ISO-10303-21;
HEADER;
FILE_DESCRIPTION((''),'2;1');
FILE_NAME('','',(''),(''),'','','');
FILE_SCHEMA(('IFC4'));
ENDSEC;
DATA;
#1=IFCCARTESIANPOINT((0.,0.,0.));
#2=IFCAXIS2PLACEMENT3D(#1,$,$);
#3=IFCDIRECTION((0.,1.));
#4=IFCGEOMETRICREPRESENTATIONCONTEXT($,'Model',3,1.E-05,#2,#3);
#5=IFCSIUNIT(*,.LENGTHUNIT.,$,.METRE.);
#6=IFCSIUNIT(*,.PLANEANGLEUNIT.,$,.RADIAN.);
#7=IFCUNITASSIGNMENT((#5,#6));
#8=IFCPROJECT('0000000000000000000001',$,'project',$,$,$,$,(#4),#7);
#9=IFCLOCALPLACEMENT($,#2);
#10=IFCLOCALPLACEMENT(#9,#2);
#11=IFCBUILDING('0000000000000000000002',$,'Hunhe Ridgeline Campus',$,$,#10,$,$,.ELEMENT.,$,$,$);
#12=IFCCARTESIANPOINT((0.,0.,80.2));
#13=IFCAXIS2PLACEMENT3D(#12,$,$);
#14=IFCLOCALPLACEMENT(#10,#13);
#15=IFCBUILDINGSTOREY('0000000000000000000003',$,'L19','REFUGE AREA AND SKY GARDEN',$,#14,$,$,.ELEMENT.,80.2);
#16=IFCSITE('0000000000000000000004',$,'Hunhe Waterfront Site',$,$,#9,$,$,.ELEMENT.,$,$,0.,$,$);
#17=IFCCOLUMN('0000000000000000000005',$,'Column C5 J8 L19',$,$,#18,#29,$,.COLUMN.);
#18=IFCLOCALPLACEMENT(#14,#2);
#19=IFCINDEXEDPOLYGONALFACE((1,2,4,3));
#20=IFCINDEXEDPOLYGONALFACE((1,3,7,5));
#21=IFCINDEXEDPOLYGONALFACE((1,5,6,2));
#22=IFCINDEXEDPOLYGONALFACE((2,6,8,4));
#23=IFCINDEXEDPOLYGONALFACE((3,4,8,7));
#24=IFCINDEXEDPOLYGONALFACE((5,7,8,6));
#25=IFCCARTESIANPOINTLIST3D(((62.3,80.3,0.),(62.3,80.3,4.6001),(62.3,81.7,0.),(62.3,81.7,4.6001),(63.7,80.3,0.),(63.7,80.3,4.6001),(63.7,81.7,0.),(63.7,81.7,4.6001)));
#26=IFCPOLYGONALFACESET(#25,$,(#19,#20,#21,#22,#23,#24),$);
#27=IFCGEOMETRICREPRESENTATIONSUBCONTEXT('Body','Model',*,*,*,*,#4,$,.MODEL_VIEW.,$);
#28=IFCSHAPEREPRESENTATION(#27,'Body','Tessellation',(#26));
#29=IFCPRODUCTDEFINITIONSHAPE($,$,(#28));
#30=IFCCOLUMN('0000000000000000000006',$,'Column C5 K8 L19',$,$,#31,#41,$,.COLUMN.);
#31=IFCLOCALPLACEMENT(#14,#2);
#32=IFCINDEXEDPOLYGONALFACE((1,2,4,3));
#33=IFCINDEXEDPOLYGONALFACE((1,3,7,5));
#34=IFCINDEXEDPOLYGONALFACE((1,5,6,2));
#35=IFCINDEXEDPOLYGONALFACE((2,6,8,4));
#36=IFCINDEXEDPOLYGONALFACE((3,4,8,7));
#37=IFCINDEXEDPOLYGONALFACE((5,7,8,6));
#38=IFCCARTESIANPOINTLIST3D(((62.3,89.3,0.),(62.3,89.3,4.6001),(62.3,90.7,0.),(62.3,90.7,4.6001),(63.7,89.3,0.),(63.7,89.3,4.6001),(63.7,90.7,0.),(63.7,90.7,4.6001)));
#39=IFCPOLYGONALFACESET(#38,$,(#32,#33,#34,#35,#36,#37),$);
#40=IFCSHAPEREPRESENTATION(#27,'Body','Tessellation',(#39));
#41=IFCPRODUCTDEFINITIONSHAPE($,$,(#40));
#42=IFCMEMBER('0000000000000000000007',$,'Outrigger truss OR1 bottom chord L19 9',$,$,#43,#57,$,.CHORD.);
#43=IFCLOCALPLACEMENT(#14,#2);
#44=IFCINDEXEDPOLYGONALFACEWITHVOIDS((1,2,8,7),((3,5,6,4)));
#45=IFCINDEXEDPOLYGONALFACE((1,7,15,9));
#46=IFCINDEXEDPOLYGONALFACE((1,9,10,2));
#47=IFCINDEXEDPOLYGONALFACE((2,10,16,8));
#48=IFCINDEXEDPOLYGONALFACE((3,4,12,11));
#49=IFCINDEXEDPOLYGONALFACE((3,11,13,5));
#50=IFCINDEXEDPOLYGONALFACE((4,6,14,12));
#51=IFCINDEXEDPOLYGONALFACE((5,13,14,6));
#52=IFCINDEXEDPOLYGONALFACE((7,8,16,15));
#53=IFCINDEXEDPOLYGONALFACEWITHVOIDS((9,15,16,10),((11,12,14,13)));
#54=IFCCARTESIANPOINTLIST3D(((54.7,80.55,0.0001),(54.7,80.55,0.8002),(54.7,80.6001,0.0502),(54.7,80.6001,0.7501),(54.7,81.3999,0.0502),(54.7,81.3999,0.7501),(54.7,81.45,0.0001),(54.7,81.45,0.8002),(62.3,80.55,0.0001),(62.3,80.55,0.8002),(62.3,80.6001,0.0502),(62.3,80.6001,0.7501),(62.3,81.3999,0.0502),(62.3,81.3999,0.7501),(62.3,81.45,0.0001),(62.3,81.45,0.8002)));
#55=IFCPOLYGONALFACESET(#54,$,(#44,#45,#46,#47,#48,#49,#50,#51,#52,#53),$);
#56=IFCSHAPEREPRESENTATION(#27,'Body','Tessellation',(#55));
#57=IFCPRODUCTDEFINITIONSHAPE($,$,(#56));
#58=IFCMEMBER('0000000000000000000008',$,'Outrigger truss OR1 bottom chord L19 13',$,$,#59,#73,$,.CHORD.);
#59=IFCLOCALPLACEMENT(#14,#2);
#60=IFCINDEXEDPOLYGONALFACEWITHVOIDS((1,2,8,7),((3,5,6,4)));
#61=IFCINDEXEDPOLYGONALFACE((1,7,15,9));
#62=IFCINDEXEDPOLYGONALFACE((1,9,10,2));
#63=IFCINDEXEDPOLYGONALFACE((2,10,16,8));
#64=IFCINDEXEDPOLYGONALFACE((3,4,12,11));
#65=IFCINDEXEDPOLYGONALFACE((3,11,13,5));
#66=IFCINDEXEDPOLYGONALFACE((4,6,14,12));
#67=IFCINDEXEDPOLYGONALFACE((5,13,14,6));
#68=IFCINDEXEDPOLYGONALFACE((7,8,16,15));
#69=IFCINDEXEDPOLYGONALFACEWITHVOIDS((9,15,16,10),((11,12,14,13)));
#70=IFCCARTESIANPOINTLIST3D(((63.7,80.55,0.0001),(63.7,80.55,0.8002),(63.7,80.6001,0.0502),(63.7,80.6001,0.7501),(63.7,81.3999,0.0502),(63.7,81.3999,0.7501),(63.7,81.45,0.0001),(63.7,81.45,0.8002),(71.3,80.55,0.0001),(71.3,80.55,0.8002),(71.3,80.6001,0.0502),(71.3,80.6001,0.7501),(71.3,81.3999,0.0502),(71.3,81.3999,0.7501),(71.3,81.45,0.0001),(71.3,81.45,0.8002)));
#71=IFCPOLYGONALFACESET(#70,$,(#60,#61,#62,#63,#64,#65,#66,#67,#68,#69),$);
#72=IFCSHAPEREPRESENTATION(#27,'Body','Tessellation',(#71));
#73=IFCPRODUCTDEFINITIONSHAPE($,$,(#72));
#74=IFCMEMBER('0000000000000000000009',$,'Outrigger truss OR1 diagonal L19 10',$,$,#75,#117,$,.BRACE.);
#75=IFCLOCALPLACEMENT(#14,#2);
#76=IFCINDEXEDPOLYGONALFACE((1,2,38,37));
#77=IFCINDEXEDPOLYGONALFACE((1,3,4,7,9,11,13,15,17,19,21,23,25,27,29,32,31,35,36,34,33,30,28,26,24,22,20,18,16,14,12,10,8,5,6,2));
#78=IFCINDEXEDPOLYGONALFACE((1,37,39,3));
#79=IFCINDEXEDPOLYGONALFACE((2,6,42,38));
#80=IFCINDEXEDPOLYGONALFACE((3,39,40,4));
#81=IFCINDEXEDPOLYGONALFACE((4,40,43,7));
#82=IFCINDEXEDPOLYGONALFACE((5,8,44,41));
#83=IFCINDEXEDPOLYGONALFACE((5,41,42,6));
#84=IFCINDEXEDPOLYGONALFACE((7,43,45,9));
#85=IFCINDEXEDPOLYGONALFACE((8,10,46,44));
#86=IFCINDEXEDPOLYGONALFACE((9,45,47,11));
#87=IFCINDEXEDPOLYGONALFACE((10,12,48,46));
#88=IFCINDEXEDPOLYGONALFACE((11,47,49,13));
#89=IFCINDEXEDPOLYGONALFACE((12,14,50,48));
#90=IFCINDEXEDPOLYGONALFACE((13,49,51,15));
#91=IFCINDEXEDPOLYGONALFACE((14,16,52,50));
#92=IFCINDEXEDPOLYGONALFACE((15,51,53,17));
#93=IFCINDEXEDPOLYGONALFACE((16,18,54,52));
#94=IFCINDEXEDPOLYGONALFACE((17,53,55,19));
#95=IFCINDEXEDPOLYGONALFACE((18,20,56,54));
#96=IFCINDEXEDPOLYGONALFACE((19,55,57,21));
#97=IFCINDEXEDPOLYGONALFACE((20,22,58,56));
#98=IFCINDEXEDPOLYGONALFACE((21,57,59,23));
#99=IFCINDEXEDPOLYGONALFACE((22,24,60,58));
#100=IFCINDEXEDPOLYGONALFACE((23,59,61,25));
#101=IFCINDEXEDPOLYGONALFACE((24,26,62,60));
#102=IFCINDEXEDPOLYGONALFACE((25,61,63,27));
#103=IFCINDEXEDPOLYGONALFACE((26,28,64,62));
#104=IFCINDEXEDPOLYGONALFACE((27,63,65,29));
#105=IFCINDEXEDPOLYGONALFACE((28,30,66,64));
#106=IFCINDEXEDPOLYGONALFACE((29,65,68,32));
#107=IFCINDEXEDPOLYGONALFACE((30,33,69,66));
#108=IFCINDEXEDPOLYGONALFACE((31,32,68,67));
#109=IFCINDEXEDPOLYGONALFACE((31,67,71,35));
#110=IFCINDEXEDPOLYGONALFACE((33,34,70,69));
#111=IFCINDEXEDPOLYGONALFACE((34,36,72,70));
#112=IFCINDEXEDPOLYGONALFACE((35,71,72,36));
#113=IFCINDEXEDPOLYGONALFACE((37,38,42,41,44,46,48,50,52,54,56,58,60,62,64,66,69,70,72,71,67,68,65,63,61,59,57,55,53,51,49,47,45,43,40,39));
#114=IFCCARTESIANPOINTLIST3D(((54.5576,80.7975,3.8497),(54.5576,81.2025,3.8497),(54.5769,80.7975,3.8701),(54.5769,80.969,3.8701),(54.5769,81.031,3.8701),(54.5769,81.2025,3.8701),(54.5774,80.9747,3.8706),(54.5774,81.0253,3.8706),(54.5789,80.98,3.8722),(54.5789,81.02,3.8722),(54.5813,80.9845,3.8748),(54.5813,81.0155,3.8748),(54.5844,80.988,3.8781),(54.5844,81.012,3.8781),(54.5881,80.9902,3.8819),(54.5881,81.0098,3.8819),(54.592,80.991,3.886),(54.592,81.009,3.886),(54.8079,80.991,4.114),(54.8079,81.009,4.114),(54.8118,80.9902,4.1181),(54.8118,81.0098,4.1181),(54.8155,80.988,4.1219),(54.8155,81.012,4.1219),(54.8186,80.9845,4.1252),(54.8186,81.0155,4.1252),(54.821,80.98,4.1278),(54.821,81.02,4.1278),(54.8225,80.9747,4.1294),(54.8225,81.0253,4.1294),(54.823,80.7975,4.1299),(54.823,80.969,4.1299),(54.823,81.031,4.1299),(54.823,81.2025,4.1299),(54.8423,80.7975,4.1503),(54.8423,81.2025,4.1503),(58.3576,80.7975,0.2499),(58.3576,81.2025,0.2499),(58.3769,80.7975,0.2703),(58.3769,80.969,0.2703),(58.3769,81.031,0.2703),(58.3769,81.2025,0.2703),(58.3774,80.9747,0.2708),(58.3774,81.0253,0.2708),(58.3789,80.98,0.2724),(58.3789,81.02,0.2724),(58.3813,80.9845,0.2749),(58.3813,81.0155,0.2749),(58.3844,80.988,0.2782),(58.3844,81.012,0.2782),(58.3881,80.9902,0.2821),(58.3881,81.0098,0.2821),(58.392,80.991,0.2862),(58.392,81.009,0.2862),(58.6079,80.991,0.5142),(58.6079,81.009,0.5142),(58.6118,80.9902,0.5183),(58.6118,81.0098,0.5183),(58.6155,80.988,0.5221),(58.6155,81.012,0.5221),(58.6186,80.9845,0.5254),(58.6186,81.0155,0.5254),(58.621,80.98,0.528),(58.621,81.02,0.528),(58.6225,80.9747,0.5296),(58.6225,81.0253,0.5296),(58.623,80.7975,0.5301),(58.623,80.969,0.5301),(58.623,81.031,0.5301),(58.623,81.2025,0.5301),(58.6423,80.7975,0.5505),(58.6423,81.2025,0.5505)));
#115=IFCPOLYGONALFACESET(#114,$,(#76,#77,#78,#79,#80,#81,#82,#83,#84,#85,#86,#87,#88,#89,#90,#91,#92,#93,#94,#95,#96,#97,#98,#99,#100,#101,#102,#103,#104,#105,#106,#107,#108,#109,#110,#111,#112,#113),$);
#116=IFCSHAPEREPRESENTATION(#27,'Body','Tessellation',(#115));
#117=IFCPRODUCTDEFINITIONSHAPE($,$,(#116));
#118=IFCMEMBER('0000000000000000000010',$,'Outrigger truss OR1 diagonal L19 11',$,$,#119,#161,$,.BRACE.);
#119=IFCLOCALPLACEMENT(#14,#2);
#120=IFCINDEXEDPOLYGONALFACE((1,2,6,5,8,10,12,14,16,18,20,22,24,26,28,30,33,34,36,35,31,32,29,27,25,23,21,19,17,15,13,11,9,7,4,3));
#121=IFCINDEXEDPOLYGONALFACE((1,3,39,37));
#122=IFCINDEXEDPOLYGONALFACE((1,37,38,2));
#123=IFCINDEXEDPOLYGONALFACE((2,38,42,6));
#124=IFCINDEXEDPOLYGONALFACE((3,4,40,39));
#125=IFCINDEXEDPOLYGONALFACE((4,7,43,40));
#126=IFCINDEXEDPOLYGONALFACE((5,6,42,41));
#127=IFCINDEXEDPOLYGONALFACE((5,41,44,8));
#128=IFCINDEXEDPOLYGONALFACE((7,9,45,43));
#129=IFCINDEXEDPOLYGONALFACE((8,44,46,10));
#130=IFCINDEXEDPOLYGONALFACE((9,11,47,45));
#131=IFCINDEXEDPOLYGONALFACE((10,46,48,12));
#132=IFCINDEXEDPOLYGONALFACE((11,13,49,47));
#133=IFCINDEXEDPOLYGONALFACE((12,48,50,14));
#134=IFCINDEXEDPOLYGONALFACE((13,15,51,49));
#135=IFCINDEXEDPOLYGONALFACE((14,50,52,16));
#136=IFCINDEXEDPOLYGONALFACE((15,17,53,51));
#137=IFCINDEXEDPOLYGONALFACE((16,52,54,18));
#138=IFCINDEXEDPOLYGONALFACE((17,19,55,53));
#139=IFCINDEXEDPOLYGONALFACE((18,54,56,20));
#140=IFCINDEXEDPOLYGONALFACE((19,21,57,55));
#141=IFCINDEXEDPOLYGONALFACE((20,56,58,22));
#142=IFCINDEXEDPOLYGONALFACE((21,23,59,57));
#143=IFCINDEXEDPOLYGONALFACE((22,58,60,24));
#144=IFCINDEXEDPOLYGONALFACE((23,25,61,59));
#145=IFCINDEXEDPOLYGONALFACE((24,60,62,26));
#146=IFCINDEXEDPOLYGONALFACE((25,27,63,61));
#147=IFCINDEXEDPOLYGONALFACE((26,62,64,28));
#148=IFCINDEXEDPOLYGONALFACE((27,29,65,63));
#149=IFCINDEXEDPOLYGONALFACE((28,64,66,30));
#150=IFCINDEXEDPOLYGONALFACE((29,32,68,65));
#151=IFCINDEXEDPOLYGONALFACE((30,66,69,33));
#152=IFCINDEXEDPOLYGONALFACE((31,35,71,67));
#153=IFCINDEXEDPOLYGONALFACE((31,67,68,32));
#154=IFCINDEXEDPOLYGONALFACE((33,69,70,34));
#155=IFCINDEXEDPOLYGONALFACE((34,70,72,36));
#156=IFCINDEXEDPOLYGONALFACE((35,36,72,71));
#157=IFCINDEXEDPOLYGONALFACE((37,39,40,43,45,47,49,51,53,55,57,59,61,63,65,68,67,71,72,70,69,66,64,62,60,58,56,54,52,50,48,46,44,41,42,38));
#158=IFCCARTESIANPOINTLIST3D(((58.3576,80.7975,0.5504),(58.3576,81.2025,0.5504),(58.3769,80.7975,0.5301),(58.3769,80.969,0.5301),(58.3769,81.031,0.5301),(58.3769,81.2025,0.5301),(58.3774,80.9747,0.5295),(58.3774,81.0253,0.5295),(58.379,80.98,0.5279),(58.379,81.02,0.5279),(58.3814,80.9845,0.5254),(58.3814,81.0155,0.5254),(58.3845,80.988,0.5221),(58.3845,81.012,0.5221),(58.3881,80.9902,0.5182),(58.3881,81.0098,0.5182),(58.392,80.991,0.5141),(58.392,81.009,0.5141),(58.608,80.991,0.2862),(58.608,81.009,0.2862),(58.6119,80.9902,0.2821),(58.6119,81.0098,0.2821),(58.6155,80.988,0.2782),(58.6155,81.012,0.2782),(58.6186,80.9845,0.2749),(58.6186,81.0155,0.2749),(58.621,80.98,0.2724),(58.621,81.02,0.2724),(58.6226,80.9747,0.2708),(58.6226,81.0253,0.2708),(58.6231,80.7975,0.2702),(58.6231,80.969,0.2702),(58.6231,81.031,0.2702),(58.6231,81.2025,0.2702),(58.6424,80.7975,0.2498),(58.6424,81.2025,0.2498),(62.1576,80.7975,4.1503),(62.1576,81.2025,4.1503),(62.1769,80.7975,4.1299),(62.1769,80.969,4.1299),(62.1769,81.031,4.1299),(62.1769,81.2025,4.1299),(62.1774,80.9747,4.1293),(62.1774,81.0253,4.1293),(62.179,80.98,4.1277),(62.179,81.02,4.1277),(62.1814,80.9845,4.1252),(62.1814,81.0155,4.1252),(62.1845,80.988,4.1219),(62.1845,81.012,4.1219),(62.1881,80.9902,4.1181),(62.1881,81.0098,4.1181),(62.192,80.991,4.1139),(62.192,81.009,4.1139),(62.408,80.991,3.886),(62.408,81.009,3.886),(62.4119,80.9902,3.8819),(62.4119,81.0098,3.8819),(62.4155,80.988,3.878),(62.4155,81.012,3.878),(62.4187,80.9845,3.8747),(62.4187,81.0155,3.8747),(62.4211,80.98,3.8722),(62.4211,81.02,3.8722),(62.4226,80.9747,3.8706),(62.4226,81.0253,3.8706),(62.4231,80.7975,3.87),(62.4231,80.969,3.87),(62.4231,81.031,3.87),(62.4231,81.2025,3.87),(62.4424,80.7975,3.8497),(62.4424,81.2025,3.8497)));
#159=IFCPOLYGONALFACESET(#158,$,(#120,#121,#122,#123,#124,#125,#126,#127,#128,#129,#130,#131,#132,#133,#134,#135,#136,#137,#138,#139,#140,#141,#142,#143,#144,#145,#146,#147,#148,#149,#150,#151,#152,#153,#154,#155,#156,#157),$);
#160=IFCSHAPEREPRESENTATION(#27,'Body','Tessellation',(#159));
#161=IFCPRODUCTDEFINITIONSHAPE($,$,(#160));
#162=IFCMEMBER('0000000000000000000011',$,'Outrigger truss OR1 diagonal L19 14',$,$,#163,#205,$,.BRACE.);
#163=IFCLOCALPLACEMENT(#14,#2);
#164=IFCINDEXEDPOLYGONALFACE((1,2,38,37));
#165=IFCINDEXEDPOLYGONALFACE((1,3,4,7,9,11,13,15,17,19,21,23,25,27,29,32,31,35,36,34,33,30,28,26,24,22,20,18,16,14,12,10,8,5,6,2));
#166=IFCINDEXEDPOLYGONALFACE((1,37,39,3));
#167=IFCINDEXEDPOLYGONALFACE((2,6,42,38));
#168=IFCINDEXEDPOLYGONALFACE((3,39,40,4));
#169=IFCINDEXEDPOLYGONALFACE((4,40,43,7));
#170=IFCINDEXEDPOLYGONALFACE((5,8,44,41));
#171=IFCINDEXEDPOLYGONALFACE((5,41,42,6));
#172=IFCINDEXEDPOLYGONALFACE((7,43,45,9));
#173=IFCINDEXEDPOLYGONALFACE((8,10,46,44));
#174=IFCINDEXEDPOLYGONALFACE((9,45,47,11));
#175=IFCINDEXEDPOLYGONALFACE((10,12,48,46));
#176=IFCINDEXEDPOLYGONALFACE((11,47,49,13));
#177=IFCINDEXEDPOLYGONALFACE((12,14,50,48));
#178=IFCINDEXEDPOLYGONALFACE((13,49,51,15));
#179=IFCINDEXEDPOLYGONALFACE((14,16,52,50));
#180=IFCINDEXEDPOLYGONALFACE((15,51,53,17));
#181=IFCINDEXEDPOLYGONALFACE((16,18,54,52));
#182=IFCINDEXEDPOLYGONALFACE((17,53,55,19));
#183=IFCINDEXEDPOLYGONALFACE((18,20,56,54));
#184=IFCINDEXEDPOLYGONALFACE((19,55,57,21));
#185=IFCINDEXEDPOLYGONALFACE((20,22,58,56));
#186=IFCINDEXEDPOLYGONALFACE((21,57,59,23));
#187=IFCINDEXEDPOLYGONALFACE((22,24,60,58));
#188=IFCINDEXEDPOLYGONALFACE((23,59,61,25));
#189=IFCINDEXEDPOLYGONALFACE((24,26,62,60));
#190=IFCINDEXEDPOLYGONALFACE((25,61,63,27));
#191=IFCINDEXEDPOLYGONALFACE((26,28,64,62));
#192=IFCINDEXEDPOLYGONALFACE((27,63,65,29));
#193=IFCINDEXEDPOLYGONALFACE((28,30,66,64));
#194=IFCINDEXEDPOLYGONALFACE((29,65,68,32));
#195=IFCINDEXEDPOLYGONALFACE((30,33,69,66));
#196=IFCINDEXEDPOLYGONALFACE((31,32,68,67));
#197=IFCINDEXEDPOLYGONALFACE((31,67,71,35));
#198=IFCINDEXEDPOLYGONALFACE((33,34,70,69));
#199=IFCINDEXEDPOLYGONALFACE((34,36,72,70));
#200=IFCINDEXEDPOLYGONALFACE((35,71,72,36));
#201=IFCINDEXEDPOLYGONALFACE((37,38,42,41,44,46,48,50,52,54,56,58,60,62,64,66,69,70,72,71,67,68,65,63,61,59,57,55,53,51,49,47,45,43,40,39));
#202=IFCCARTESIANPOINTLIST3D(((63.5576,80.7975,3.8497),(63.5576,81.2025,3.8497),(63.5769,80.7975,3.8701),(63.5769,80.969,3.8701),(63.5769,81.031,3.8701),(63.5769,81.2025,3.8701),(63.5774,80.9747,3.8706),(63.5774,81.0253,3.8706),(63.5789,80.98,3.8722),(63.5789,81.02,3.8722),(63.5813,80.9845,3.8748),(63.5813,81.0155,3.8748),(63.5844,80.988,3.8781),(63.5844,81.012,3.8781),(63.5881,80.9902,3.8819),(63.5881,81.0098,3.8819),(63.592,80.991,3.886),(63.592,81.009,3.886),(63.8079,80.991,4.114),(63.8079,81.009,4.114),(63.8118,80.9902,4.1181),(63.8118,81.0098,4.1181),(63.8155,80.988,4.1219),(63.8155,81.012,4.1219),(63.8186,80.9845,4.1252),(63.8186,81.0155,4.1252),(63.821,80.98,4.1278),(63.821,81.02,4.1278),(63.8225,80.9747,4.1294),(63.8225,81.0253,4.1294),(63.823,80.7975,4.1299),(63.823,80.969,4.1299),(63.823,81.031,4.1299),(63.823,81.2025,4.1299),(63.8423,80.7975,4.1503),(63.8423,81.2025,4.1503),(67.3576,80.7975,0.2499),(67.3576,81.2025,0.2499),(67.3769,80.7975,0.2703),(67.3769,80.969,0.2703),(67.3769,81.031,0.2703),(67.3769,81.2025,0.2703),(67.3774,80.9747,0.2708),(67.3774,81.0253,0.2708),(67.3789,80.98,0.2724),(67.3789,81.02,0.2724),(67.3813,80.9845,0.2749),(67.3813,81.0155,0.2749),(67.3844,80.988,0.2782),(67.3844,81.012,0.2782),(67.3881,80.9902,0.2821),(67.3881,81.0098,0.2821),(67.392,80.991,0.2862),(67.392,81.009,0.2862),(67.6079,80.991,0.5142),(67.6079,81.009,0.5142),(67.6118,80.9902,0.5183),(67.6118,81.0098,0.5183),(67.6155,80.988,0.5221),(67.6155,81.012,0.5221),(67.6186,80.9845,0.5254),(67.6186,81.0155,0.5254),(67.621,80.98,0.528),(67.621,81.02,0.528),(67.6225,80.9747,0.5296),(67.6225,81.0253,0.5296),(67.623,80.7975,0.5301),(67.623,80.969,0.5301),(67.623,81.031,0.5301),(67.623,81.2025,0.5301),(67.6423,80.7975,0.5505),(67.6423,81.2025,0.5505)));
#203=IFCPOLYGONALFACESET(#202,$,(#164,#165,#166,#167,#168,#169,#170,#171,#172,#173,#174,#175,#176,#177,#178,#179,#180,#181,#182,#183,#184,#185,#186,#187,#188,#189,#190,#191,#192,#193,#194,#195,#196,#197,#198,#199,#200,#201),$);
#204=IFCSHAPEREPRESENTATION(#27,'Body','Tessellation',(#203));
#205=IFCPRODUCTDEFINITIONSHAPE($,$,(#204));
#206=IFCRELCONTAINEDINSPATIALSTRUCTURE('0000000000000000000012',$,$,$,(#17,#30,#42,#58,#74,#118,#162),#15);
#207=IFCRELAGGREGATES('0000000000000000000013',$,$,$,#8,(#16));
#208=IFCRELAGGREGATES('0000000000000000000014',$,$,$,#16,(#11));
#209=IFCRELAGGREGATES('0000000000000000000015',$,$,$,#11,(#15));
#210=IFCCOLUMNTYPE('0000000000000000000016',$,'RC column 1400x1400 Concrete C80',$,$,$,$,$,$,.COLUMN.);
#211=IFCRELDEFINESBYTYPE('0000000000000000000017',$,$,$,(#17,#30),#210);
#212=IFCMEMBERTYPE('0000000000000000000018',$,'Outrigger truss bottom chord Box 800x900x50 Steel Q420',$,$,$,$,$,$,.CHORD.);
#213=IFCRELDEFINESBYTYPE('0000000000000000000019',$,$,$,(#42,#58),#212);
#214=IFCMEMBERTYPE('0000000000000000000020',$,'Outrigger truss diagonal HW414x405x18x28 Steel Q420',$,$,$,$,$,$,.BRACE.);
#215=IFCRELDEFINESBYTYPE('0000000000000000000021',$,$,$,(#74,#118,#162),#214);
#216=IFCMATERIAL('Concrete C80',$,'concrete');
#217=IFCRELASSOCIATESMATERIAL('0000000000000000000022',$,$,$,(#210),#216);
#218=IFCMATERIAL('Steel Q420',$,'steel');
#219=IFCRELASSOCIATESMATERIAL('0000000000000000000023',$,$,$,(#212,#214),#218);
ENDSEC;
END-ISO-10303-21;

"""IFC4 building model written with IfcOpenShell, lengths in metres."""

from ifc_helpers import new_model, si_unit, direction, frame, origin, origin_2d, place, context, subcontext, project, spatial, rectangle, hollow_rectangle, i_section, extrude, material, material_profile, profile_set, type_object, element, save


model = new_model("IFC4")

# Units and contexts
model_context = context("Model", 3, precision=1e-05, world=origin(), true_north=direction((0.0, 1.0)))
body_context = subcontext(model_context, "Body", "Model", "MODEL_VIEW")
ifc_project = project(units=[si_unit("LENGTHUNIT", "METRE"), si_unit("PLANEANGLEUNIT", "RADIAN")], contexts=[model_context])

# Site, building, storey
site_placement = place(None, origin())
site = spatial("IfcSite", under=ifc_project, at=site_placement, Name="Hunhe Waterfront Site", CompositionType="ELEMENT", RefElevation=0.0)
building_placement = place(site_placement, origin())
building = spatial("IfcBuilding", under=site, at=building_placement, Name="Hunhe Ridgeline Campus", CompositionType="ELEMENT")
storey_placement = place(building_placement, frame((0.0, 0.0, 80.2)))
storey = spatial("IfcBuildingStorey", under=building, at=storey_placement, Name="L19", Description="REFUGE AREA AND SKY GARDEN", CompositionType="ELEMENT", Elevation=80.2)

# Columns
ifc_material_1 = material(Name="Concrete C80", Category="concrete")
ifc_material_profile_1 = material_profile(ifc_material_1, rectangle(XDim=1.3999, YDim=1.3999, at=origin_2d()))
ifc_profile_set_1 = profile_set([ifc_material_profile_1], Name="Concrete C80")
column_type = type_object("IfcColumnType", Name="RC column 1400x1400 Concrete C80", PredefinedType="COLUMN", material=ifc_profile_set_1)
for number, where, z_axis, x_axis, name in (
    (1, (63.0, 81.0, 0.0), (0.0, 0.0, 1.0), (1.0, 0.0, 0.0), "Column C5 J8 L19"),
    (2, (63.0, 90.0, 0.0), (0.0, 0.0, 1.0), (1.0, 0.0, 0.0), "Column C5 K8 L19"),
):
    element("IfcColumn", number, at=place(storey_placement, frame(where, z_axis=z_axis, x_axis=x_axis)), inside=storey, type_object=column_type, Name=name, PredefinedType="COLUMN", context=body_context, shape_type="SweptSolid", body=[
        extrude(rectangle(XDim=1.3999, YDim=1.3999, at=origin_2d()), origin(), (0.0, 0.0, 1.0), 4.6001),
    ])

# Members
ifc_material_2 = material(Name="Steel Q420", Category="steel")
ifc_material_profile_2 = material_profile(ifc_material_2, hollow_rectangle(XDim=0.8999, YDim=0.8, WallThickness=0.05, at=origin_2d()))
ifc_profile_set_2 = profile_set([ifc_material_profile_2], Name="Steel Q420")
member_type_1 = type_object("IfcMemberType", Name="Outrigger truss bottom chord Box 800x900x50 Steel Q420", PredefinedType="CHORD", material=ifc_profile_set_2)
for number, where, z_axis, x_axis, name in (
    (3, (54.7, 81.0, 0.4001), (1.0, 0.0, 0.0), (0.0, 1.0, 0.0), "Outrigger truss OR1 bottom chord L19 9"),
    (4, (63.7, 81.0, 0.4001), (1.0, 0.0, 0.0), (0.0, 1.0, 0.0), "Outrigger truss OR1 bottom chord L19 13"),
):
    element("IfcMember", number, at=place(storey_placement, frame(where, z_axis=z_axis, x_axis=x_axis)), inside=storey, type_object=member_type_1, Name=name, PredefinedType="CHORD", context=body_context, shape_type="SweptSolid", body=[
        extrude(hollow_rectangle(XDim=0.8999, YDim=0.8, WallThickness=0.05, at=origin_2d()), origin(), (0.0, 0.0, 1.0), 7.6001),
    ])
ifc_material_profile_3 = material_profile(ifc_material_2, i_section(OverallWidth=0.405, OverallDepth=0.4141, WebThickness=0.0181, FlangeThickness=0.0281, FilletRadius=0.022, at=origin_2d()))
ifc_profile_set_3 = profile_set([ifc_material_profile_3], Name="Steel Q420")
member_type_2 = type_object("IfcMemberType", Name="Outrigger truss diagonal HW414x405x18x28 Steel Q420", PredefinedType="BRACE", material=ifc_profile_set_3)
for number, where, z_axis, x_axis, name in (
    (5, (54.7, 81.0, 4.0), (0.725971, 0.0, -0.687725), (0.0, 1.0, 0.0), "Outrigger truss OR1 diagonal L19 10"),
    (6, (58.5, 81.0, 0.4001), (0.725971, 0.0, 0.687725), (0.0, 1.0, 0.0), "Outrigger truss OR1 diagonal L19 11"),
    (7, (63.7, 81.0, 4.0), (0.725971, 0.0, -0.687725), (0.0, 1.0, 0.0), "Outrigger truss OR1 diagonal L19 14"),
):
    element("IfcMember", number, at=place(storey_placement, frame(where, z_axis=z_axis, x_axis=x_axis)), inside=storey, type_object=member_type_2, Name=name, PredefinedType="BRACE", context=body_context, shape_type="SweptSolid", body=[
        extrude(i_section(OverallWidth=0.405, OverallDepth=0.4141, WebThickness=0.0181, FlangeThickness=0.0281, FilletRadius=0.022, at=origin_2d()), origin(), (0.0, 0.0, 1.0), 5.2344),
    ])

save(model, "model.ifc")
